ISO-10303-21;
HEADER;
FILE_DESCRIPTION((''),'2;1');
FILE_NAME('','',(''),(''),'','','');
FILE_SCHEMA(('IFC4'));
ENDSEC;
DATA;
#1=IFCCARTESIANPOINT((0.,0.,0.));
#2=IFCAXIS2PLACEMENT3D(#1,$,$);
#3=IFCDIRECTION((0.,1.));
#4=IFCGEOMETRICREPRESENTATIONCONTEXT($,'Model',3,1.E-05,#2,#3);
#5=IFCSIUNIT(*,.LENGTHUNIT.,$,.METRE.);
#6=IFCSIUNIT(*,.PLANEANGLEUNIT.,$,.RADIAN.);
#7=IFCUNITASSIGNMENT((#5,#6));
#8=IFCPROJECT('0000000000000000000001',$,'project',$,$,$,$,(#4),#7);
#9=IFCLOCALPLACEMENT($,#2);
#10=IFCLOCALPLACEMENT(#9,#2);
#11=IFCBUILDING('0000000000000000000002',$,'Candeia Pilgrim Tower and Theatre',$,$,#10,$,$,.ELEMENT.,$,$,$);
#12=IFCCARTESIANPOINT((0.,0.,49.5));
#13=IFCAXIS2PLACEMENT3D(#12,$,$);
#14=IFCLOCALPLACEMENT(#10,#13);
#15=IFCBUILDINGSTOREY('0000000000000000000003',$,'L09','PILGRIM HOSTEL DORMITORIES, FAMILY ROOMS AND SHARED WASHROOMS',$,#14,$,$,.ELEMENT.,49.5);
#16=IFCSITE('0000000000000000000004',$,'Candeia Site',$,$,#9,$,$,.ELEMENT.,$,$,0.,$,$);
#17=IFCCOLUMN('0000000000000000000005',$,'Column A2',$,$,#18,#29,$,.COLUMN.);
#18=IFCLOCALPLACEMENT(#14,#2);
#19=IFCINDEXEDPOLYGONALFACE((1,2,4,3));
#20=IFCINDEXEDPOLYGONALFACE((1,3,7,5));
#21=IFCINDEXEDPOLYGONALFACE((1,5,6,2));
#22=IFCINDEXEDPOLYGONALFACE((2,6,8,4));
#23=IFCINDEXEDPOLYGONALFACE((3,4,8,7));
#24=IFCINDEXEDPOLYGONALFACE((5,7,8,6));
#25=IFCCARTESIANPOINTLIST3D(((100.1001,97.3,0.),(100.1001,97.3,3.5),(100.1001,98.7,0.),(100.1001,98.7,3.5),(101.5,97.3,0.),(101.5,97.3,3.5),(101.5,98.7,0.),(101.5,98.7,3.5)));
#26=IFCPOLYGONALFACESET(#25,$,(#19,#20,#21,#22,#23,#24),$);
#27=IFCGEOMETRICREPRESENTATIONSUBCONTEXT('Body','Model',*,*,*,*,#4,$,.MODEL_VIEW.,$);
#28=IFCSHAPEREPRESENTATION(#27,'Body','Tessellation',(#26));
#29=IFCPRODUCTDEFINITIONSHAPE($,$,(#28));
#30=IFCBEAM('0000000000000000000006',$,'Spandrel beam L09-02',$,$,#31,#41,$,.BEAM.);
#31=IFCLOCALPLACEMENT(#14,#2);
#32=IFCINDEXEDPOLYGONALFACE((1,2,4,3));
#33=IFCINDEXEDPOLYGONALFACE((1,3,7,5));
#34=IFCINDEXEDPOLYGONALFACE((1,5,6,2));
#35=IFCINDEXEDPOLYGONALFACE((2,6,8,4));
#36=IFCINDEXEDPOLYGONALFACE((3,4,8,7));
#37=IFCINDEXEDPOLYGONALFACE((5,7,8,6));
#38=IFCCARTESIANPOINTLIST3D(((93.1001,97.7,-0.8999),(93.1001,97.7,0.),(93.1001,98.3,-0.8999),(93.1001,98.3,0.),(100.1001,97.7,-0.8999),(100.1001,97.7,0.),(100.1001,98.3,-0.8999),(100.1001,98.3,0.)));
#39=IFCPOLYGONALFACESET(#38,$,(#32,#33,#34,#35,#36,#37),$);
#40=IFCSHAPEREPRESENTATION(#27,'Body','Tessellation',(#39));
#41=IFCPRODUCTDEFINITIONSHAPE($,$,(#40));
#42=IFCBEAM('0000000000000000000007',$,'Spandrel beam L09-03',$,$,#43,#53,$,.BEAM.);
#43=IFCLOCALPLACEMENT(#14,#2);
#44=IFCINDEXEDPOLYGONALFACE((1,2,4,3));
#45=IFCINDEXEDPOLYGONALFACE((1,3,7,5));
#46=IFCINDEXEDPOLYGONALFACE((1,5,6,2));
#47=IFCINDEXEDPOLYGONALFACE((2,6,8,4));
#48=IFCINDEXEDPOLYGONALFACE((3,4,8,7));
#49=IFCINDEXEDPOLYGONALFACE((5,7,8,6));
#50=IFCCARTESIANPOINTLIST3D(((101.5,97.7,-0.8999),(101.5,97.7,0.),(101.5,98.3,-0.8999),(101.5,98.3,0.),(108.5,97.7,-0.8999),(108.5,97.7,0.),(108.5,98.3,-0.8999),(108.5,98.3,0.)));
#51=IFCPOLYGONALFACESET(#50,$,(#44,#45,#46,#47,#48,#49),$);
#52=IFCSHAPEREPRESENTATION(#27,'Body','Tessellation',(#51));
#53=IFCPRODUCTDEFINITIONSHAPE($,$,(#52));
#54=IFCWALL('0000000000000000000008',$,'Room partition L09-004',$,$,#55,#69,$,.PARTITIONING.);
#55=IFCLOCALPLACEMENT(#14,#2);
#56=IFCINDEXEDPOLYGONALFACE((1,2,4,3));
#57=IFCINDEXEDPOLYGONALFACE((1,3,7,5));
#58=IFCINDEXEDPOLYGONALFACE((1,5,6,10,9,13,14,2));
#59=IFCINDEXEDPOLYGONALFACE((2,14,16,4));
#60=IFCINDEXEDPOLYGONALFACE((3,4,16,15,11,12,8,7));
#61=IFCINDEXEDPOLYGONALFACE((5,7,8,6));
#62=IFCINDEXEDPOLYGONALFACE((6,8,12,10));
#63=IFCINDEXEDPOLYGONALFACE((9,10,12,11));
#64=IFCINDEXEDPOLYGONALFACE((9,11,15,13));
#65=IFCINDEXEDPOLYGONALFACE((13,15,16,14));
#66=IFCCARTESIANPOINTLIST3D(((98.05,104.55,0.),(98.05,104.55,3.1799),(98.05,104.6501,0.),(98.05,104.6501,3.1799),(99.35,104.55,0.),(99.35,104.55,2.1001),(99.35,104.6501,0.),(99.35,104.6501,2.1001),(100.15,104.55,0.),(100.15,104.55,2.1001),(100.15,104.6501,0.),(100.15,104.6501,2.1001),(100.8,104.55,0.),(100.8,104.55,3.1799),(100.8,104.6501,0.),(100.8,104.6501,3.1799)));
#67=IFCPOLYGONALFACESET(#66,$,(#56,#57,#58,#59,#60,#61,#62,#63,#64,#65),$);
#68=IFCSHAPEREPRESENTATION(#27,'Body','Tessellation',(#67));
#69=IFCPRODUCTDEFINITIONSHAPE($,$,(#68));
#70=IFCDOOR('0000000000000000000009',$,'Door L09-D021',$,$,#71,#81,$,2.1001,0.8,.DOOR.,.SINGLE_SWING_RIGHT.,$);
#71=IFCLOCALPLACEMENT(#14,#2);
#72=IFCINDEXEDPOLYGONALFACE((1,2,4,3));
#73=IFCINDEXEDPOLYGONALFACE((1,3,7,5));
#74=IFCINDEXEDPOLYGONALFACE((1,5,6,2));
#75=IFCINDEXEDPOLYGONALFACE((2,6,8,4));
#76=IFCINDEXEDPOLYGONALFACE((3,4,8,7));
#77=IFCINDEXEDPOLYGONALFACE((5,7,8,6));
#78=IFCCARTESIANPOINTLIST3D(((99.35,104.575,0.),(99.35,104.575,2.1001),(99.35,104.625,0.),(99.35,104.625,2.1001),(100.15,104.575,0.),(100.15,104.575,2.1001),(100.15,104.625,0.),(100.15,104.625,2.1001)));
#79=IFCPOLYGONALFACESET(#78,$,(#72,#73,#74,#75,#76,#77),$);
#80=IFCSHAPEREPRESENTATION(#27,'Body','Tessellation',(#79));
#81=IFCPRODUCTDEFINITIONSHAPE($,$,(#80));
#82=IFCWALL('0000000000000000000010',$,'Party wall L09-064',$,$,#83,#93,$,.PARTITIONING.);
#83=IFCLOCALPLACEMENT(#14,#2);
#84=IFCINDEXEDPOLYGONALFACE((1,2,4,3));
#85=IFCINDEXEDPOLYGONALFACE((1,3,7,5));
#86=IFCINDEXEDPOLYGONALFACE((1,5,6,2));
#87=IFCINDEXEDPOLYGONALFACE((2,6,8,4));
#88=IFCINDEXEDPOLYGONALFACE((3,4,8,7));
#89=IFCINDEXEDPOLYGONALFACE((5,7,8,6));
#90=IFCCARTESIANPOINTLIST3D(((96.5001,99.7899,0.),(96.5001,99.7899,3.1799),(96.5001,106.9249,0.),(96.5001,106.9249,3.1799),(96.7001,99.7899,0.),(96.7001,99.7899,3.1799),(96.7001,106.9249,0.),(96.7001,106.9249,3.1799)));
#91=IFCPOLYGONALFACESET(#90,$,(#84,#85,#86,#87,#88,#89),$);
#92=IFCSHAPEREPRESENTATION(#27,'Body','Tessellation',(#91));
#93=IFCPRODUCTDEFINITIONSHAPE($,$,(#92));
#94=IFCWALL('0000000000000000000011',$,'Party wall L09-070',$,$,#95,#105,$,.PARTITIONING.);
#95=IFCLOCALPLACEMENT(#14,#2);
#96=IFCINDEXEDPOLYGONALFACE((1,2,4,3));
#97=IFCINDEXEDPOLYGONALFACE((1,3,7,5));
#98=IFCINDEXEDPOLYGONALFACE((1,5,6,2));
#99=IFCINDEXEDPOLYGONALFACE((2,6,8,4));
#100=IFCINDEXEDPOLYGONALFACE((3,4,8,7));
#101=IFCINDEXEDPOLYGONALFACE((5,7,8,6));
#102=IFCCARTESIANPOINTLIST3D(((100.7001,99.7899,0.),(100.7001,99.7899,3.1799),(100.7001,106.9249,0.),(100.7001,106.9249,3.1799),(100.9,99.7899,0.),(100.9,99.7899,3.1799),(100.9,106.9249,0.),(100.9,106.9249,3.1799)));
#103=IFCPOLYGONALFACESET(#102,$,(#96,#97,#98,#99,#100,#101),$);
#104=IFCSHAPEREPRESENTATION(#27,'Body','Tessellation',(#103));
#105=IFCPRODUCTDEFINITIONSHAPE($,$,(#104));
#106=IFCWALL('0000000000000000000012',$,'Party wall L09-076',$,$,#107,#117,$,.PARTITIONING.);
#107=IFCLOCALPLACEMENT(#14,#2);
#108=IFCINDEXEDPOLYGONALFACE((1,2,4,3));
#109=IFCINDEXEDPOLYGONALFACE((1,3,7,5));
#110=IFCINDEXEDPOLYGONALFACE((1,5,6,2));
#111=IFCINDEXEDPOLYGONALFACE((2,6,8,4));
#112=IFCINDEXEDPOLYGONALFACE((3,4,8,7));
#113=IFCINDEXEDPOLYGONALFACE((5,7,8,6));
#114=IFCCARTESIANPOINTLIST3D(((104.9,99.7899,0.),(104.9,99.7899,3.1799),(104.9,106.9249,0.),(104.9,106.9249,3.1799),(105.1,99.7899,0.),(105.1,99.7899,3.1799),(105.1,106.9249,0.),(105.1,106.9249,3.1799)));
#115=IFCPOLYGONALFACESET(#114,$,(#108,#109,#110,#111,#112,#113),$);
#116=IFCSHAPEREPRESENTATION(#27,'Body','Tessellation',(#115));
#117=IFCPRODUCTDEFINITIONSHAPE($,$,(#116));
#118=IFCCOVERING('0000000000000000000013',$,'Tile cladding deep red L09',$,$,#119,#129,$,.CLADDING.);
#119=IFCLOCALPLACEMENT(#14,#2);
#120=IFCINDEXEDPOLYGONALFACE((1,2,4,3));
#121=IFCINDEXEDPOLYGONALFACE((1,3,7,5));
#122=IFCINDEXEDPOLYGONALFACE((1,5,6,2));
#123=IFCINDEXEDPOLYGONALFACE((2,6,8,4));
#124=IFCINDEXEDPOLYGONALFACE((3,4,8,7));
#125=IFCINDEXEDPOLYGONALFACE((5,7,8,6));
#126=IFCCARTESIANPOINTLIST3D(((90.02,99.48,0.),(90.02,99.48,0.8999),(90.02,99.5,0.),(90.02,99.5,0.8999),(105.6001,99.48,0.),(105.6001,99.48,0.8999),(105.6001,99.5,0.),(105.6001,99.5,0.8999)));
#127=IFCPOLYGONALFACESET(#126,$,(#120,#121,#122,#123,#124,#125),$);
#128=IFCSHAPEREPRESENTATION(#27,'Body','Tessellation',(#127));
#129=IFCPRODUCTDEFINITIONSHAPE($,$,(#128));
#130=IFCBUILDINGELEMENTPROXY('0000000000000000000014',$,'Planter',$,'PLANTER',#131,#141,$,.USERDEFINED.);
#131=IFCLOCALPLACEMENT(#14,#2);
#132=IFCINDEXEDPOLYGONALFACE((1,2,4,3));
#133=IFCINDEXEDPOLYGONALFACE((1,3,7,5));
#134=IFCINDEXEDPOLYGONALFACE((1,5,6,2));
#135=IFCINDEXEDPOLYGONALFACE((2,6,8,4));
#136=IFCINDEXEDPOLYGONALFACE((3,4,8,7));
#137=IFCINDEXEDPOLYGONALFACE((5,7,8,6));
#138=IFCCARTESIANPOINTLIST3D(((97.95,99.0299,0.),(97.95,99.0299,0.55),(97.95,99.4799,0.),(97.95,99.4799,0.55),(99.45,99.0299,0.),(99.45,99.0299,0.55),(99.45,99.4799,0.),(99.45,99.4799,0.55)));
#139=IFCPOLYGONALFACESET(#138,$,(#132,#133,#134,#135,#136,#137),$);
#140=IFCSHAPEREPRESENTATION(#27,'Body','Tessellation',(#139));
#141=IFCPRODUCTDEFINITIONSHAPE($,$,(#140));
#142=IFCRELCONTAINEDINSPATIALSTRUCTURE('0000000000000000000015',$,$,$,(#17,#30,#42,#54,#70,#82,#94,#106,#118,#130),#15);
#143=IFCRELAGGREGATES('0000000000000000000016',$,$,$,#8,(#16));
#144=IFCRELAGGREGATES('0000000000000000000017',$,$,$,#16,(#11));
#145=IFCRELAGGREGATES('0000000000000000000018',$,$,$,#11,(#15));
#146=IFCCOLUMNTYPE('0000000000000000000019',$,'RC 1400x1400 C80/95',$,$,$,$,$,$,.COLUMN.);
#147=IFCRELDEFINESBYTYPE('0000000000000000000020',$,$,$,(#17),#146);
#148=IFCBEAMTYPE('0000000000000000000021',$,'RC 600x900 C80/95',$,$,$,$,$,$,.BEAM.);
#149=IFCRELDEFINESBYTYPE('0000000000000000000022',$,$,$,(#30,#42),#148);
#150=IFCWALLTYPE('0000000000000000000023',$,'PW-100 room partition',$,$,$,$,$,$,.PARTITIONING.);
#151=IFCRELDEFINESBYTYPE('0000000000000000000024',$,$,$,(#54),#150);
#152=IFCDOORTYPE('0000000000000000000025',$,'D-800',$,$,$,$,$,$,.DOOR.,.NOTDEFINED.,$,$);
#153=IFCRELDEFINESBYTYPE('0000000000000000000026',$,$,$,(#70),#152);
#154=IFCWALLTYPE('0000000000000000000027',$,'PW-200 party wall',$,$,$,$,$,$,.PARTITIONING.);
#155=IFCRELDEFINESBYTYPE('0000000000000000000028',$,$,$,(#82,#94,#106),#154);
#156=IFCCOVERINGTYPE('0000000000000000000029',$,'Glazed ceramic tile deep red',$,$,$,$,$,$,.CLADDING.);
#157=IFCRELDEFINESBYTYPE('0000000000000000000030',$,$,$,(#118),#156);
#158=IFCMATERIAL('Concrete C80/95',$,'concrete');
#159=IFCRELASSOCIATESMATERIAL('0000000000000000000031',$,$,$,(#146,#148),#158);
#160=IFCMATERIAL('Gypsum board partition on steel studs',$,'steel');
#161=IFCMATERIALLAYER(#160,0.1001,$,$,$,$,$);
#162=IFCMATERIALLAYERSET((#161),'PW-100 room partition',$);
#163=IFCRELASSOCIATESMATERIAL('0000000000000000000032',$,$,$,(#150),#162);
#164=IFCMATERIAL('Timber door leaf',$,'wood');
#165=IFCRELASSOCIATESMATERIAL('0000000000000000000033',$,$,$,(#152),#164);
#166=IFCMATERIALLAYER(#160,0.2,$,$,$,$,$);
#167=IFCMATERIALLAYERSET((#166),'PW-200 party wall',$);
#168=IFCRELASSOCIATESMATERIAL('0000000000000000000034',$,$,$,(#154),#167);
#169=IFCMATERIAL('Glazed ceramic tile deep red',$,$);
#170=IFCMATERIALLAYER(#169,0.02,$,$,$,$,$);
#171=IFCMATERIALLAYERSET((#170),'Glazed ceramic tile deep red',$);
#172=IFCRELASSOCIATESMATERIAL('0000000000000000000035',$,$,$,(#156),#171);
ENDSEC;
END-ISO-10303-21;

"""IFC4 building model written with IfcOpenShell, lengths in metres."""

from ifc_helpers import new_model, si_unit, direction, frame, frame_2d, origin, origin_2d, place, context, subcontext, project, spatial, rectangle, extrude, material, layer, layer_set, material_profile, profile_set, type_object, element, fill, save


model = new_model("IFC4")

# Units and contexts
model_context = context("Model", 3, precision=1e-05, world=origin(), true_north=direction((0.0, 1.0)))
body_context = subcontext(model_context, "Body", "Model", "MODEL_VIEW")
ifc_project = project(units=[si_unit("LENGTHUNIT", "METRE"), si_unit("PLANEANGLEUNIT", "RADIAN")], contexts=[model_context])

# Site, building, storey
site_placement = place(None, origin())
site = spatial("IfcSite", under=ifc_project, at=site_placement, Name="Candeia Site", CompositionType="ELEMENT", RefElevation=0.0)
building_placement = place(site_placement, origin())
building = spatial("IfcBuilding", under=site, at=building_placement, Name="Candeia Pilgrim Tower and Theatre", CompositionType="ELEMENT")
storey_placement = place(building_placement, frame((0.0, 0.0, 49.5)))
storey = spatial("IfcBuildingStorey", under=building, at=storey_placement, Name="L09", Description="PILGRIM HOSTEL DORMITORIES, FAMILY ROOMS AND SHARED WASHROOMS", CompositionType="ELEMENT", Elevation=49.5)

# Column
ifc_material_1 = material(Name="Concrete C80/95", Category="concrete")
ifc_material_profile_1 = material_profile(ifc_material_1, rectangle(XDim=1.3999, YDim=1.3999, at=origin_2d()))
ifc_profile_set_1 = profile_set([ifc_material_profile_1], Name="Concrete C80/95")
column_type = type_object("IfcColumnType", Name="RC 1400x1400 C80/95", PredefinedType="COLUMN", material=ifc_profile_set_1)
column_placement = place(storey_placement, frame((100.8, 98.0, 0.0), z_axis=(0.0, 0.0, 1.0), x_axis=(1.0, 0.0, 0.0)))
element("IfcColumn", 1, at=column_placement, inside=storey, type_object=column_type, Name="Column A2", PredefinedType="COLUMN", context=body_context, shape_type="SweptSolid", body=[
    extrude(rectangle(XDim=1.3999, YDim=1.3999, at=origin_2d()), origin(), (0.0, 0.0, 1.0), 3.5),
])

# Beams
ifc_material_profile_2 = material_profile(ifc_material_1, rectangle(XDim=0.6001, YDim=0.8999, at=origin_2d()))
ifc_profile_set_2 = profile_set([ifc_material_profile_2], Name="Concrete C80/95")
beam_type = type_object("IfcBeamType", Name="RC 600x900 C80/95", PredefinedType="BEAM", material=ifc_profile_set_2)
for number, where, z_axis, x_axis, name in (
    (2, (93.1001, 98.0, -0.45), (1.0, 0.0, 0.0), (0.0, 1.0, 0.0), "Spandrel beam L09-02"),
    (3, (101.5, 98.0, -0.45), (1.0, 0.0, 0.0), (0.0, 1.0, 0.0), "Spandrel beam L09-03"),
):
    element("IfcBeam", number, at=place(storey_placement, frame(where, z_axis=z_axis, x_axis=x_axis)), inside=storey, type_object=beam_type, Name=name, PredefinedType="BEAM", context=body_context, shape_type="SweptSolid", body=[
        extrude(rectangle(XDim=0.6001, YDim=0.8999, at=origin_2d()), origin(), (0.0, 0.0, 1.0), 7.0),
    ])

# Wall, opening, door
ifc_material_2 = material(Name="Gypsum board partition on steel studs", Category="steel")
ifc_layer_1 = layer(ifc_material_2, 0.1001)
ifc_layer_set_1 = layer_set([ifc_layer_1], Name="PW-100 room partition")
wall_type_1 = type_object("IfcWallType", Name="PW-100 room partition", PredefinedType="PARTITIONING", material=ifc_layer_set_1)
wall_placement = place(storey_placement, frame((98.05, 104.6001, 0.0), z_axis=(0.0, 0.0, 1.0), x_axis=(1.0, 0.0, 0.0)))
wall = element("IfcWall", 4, at=wall_placement, inside=storey, type_object=wall_type_1, Name="Room partition L09-004", PredefinedType="PARTITIONING", context=body_context, shape_type="SweptSolid", body=[
    extrude(rectangle(XDim=2.75, YDim=0.1001, at=frame_2d((1.375, 0.0))), origin(), (0.0, 0.0, 1.0), 3.1799),
])
opening_placement = place(wall_placement, frame((1.3, 0.0, 0.0)))
opening = element("IfcOpeningElement", 5, at=opening_placement, cuts=wall, PredefinedType="OPENING", context=body_context, shape_type="SweptSolid", body=[
    extrude(rectangle(XDim=0.8, YDim=2.1001, at=frame_2d((0.3999, 1.05))), frame((0.0, 0.0601, 0.0), z_axis=(0.0, -1.0, 0.0), x_axis=(1.0, 0.0, 0.0)), (0.0, 0.0, 1.0), 0.1201),
])
ifc_material_3 = material(Name="Timber door leaf", Category="wood")
door_type = type_object("IfcDoorType", Name="D-800", OperationType="NOTDEFINED", PredefinedType="DOOR", material=ifc_material_3)
door_placement = place(opening_placement, origin())
door = element("IfcDoor", 6, at=door_placement, inside=storey, type_object=door_type, Name="Door L09-D021", OperationType="SINGLE_SWING_RIGHT", OverallHeight=2.1001, OverallWidth=0.8, PredefinedType="DOOR", context=body_context, shape_type="SweptSolid", body=[
    extrude(rectangle(XDim=0.8, YDim=2.1001, at=frame_2d((0.3999, 1.05))), frame((0.0, 0.0249, 0.0), z_axis=(0.0, -1.0, 0.0), x_axis=(1.0, 0.0, 0.0)), (0.0, 0.0, 1.0), 0.05),
])
fill(opening, door)

# Walls
ifc_layer_2 = layer(ifc_material_2, 0.2)
ifc_layer_set_2 = layer_set([ifc_layer_2], Name="PW-200 party wall")
wall_type_2 = type_object("IfcWallType", Name="PW-200 party wall", PredefinedType="PARTITIONING", material=ifc_layer_set_2)
for number, where, z_axis, x_axis, name in (
    (7, (96.6001, 99.79, 0.0), (0.0, 0.0, 1.0), (0.0, 1.0, 0.0), "Party wall L09-064"),
    (8, (100.8, 99.79, 0.0), (0.0, 0.0, 1.0), (0.0, 1.0, 0.0), "Party wall L09-070"),
    (9, (105.0, 99.79, 0.0), (0.0, 0.0, 1.0), (0.0, 1.0, 0.0), "Party wall L09-076"),
):
    element("IfcWall", number, at=place(storey_placement, frame(where, z_axis=z_axis, x_axis=x_axis)), inside=storey, type_object=wall_type_2, Name=name, PredefinedType="PARTITIONING", context=body_context, shape_type="SweptSolid", body=[
        extrude(rectangle(XDim=7.135, YDim=0.2, at=frame_2d((3.5674, 0.0))), origin(), (0.0, 0.0, 1.0), 3.1799),
    ])

# Covering
ifc_material_4 = material(Name="Glazed ceramic tile deep red")
ifc_layer_3 = layer(ifc_material_4, 0.02)
ifc_layer_set_3 = layer_set([ifc_layer_3], Name="Glazed ceramic tile deep red")
covering_type = type_object("IfcCoveringType", Name="Glazed ceramic tile deep red", PredefinedType="CLADDING", material=ifc_layer_set_3)
covering_placement = place(storey_placement, frame((97.8101, 99.49, 0.0), z_axis=(0.0, 0.0, 1.0), x_axis=(1.0, 0.0, 0.0)))
element("IfcCovering", 10, at=covering_placement, inside=storey, type_object=covering_type, Name="Tile cladding deep red L09", PredefinedType="CLADDING", context=body_context, shape_type="SweptSolid", body=[
    extrude(rectangle(XDim=15.5801, YDim=0.02, at=origin_2d()), origin(), (0.0, 0.0, 1.0), 0.8999),
])

# Building element proxy
proxy_placement = place(storey_placement, frame((98.7, 99.2549, 0.0), z_axis=(0.0, 0.0, 1.0), x_axis=(1.0, 0.0, 0.0)))
element("IfcBuildingElementProxy", 11, at=proxy_placement, inside=storey, Name="Planter", ObjectType="PLANTER", PredefinedType="USERDEFINED", context=body_context, shape_type="SweptSolid", body=[
    extrude(rectangle(XDim=1.5, YDim=0.45, at=origin_2d()), origin(), (0.0, 0.0, 1.0), 0.55),
])

save(model, "model.ifc")
